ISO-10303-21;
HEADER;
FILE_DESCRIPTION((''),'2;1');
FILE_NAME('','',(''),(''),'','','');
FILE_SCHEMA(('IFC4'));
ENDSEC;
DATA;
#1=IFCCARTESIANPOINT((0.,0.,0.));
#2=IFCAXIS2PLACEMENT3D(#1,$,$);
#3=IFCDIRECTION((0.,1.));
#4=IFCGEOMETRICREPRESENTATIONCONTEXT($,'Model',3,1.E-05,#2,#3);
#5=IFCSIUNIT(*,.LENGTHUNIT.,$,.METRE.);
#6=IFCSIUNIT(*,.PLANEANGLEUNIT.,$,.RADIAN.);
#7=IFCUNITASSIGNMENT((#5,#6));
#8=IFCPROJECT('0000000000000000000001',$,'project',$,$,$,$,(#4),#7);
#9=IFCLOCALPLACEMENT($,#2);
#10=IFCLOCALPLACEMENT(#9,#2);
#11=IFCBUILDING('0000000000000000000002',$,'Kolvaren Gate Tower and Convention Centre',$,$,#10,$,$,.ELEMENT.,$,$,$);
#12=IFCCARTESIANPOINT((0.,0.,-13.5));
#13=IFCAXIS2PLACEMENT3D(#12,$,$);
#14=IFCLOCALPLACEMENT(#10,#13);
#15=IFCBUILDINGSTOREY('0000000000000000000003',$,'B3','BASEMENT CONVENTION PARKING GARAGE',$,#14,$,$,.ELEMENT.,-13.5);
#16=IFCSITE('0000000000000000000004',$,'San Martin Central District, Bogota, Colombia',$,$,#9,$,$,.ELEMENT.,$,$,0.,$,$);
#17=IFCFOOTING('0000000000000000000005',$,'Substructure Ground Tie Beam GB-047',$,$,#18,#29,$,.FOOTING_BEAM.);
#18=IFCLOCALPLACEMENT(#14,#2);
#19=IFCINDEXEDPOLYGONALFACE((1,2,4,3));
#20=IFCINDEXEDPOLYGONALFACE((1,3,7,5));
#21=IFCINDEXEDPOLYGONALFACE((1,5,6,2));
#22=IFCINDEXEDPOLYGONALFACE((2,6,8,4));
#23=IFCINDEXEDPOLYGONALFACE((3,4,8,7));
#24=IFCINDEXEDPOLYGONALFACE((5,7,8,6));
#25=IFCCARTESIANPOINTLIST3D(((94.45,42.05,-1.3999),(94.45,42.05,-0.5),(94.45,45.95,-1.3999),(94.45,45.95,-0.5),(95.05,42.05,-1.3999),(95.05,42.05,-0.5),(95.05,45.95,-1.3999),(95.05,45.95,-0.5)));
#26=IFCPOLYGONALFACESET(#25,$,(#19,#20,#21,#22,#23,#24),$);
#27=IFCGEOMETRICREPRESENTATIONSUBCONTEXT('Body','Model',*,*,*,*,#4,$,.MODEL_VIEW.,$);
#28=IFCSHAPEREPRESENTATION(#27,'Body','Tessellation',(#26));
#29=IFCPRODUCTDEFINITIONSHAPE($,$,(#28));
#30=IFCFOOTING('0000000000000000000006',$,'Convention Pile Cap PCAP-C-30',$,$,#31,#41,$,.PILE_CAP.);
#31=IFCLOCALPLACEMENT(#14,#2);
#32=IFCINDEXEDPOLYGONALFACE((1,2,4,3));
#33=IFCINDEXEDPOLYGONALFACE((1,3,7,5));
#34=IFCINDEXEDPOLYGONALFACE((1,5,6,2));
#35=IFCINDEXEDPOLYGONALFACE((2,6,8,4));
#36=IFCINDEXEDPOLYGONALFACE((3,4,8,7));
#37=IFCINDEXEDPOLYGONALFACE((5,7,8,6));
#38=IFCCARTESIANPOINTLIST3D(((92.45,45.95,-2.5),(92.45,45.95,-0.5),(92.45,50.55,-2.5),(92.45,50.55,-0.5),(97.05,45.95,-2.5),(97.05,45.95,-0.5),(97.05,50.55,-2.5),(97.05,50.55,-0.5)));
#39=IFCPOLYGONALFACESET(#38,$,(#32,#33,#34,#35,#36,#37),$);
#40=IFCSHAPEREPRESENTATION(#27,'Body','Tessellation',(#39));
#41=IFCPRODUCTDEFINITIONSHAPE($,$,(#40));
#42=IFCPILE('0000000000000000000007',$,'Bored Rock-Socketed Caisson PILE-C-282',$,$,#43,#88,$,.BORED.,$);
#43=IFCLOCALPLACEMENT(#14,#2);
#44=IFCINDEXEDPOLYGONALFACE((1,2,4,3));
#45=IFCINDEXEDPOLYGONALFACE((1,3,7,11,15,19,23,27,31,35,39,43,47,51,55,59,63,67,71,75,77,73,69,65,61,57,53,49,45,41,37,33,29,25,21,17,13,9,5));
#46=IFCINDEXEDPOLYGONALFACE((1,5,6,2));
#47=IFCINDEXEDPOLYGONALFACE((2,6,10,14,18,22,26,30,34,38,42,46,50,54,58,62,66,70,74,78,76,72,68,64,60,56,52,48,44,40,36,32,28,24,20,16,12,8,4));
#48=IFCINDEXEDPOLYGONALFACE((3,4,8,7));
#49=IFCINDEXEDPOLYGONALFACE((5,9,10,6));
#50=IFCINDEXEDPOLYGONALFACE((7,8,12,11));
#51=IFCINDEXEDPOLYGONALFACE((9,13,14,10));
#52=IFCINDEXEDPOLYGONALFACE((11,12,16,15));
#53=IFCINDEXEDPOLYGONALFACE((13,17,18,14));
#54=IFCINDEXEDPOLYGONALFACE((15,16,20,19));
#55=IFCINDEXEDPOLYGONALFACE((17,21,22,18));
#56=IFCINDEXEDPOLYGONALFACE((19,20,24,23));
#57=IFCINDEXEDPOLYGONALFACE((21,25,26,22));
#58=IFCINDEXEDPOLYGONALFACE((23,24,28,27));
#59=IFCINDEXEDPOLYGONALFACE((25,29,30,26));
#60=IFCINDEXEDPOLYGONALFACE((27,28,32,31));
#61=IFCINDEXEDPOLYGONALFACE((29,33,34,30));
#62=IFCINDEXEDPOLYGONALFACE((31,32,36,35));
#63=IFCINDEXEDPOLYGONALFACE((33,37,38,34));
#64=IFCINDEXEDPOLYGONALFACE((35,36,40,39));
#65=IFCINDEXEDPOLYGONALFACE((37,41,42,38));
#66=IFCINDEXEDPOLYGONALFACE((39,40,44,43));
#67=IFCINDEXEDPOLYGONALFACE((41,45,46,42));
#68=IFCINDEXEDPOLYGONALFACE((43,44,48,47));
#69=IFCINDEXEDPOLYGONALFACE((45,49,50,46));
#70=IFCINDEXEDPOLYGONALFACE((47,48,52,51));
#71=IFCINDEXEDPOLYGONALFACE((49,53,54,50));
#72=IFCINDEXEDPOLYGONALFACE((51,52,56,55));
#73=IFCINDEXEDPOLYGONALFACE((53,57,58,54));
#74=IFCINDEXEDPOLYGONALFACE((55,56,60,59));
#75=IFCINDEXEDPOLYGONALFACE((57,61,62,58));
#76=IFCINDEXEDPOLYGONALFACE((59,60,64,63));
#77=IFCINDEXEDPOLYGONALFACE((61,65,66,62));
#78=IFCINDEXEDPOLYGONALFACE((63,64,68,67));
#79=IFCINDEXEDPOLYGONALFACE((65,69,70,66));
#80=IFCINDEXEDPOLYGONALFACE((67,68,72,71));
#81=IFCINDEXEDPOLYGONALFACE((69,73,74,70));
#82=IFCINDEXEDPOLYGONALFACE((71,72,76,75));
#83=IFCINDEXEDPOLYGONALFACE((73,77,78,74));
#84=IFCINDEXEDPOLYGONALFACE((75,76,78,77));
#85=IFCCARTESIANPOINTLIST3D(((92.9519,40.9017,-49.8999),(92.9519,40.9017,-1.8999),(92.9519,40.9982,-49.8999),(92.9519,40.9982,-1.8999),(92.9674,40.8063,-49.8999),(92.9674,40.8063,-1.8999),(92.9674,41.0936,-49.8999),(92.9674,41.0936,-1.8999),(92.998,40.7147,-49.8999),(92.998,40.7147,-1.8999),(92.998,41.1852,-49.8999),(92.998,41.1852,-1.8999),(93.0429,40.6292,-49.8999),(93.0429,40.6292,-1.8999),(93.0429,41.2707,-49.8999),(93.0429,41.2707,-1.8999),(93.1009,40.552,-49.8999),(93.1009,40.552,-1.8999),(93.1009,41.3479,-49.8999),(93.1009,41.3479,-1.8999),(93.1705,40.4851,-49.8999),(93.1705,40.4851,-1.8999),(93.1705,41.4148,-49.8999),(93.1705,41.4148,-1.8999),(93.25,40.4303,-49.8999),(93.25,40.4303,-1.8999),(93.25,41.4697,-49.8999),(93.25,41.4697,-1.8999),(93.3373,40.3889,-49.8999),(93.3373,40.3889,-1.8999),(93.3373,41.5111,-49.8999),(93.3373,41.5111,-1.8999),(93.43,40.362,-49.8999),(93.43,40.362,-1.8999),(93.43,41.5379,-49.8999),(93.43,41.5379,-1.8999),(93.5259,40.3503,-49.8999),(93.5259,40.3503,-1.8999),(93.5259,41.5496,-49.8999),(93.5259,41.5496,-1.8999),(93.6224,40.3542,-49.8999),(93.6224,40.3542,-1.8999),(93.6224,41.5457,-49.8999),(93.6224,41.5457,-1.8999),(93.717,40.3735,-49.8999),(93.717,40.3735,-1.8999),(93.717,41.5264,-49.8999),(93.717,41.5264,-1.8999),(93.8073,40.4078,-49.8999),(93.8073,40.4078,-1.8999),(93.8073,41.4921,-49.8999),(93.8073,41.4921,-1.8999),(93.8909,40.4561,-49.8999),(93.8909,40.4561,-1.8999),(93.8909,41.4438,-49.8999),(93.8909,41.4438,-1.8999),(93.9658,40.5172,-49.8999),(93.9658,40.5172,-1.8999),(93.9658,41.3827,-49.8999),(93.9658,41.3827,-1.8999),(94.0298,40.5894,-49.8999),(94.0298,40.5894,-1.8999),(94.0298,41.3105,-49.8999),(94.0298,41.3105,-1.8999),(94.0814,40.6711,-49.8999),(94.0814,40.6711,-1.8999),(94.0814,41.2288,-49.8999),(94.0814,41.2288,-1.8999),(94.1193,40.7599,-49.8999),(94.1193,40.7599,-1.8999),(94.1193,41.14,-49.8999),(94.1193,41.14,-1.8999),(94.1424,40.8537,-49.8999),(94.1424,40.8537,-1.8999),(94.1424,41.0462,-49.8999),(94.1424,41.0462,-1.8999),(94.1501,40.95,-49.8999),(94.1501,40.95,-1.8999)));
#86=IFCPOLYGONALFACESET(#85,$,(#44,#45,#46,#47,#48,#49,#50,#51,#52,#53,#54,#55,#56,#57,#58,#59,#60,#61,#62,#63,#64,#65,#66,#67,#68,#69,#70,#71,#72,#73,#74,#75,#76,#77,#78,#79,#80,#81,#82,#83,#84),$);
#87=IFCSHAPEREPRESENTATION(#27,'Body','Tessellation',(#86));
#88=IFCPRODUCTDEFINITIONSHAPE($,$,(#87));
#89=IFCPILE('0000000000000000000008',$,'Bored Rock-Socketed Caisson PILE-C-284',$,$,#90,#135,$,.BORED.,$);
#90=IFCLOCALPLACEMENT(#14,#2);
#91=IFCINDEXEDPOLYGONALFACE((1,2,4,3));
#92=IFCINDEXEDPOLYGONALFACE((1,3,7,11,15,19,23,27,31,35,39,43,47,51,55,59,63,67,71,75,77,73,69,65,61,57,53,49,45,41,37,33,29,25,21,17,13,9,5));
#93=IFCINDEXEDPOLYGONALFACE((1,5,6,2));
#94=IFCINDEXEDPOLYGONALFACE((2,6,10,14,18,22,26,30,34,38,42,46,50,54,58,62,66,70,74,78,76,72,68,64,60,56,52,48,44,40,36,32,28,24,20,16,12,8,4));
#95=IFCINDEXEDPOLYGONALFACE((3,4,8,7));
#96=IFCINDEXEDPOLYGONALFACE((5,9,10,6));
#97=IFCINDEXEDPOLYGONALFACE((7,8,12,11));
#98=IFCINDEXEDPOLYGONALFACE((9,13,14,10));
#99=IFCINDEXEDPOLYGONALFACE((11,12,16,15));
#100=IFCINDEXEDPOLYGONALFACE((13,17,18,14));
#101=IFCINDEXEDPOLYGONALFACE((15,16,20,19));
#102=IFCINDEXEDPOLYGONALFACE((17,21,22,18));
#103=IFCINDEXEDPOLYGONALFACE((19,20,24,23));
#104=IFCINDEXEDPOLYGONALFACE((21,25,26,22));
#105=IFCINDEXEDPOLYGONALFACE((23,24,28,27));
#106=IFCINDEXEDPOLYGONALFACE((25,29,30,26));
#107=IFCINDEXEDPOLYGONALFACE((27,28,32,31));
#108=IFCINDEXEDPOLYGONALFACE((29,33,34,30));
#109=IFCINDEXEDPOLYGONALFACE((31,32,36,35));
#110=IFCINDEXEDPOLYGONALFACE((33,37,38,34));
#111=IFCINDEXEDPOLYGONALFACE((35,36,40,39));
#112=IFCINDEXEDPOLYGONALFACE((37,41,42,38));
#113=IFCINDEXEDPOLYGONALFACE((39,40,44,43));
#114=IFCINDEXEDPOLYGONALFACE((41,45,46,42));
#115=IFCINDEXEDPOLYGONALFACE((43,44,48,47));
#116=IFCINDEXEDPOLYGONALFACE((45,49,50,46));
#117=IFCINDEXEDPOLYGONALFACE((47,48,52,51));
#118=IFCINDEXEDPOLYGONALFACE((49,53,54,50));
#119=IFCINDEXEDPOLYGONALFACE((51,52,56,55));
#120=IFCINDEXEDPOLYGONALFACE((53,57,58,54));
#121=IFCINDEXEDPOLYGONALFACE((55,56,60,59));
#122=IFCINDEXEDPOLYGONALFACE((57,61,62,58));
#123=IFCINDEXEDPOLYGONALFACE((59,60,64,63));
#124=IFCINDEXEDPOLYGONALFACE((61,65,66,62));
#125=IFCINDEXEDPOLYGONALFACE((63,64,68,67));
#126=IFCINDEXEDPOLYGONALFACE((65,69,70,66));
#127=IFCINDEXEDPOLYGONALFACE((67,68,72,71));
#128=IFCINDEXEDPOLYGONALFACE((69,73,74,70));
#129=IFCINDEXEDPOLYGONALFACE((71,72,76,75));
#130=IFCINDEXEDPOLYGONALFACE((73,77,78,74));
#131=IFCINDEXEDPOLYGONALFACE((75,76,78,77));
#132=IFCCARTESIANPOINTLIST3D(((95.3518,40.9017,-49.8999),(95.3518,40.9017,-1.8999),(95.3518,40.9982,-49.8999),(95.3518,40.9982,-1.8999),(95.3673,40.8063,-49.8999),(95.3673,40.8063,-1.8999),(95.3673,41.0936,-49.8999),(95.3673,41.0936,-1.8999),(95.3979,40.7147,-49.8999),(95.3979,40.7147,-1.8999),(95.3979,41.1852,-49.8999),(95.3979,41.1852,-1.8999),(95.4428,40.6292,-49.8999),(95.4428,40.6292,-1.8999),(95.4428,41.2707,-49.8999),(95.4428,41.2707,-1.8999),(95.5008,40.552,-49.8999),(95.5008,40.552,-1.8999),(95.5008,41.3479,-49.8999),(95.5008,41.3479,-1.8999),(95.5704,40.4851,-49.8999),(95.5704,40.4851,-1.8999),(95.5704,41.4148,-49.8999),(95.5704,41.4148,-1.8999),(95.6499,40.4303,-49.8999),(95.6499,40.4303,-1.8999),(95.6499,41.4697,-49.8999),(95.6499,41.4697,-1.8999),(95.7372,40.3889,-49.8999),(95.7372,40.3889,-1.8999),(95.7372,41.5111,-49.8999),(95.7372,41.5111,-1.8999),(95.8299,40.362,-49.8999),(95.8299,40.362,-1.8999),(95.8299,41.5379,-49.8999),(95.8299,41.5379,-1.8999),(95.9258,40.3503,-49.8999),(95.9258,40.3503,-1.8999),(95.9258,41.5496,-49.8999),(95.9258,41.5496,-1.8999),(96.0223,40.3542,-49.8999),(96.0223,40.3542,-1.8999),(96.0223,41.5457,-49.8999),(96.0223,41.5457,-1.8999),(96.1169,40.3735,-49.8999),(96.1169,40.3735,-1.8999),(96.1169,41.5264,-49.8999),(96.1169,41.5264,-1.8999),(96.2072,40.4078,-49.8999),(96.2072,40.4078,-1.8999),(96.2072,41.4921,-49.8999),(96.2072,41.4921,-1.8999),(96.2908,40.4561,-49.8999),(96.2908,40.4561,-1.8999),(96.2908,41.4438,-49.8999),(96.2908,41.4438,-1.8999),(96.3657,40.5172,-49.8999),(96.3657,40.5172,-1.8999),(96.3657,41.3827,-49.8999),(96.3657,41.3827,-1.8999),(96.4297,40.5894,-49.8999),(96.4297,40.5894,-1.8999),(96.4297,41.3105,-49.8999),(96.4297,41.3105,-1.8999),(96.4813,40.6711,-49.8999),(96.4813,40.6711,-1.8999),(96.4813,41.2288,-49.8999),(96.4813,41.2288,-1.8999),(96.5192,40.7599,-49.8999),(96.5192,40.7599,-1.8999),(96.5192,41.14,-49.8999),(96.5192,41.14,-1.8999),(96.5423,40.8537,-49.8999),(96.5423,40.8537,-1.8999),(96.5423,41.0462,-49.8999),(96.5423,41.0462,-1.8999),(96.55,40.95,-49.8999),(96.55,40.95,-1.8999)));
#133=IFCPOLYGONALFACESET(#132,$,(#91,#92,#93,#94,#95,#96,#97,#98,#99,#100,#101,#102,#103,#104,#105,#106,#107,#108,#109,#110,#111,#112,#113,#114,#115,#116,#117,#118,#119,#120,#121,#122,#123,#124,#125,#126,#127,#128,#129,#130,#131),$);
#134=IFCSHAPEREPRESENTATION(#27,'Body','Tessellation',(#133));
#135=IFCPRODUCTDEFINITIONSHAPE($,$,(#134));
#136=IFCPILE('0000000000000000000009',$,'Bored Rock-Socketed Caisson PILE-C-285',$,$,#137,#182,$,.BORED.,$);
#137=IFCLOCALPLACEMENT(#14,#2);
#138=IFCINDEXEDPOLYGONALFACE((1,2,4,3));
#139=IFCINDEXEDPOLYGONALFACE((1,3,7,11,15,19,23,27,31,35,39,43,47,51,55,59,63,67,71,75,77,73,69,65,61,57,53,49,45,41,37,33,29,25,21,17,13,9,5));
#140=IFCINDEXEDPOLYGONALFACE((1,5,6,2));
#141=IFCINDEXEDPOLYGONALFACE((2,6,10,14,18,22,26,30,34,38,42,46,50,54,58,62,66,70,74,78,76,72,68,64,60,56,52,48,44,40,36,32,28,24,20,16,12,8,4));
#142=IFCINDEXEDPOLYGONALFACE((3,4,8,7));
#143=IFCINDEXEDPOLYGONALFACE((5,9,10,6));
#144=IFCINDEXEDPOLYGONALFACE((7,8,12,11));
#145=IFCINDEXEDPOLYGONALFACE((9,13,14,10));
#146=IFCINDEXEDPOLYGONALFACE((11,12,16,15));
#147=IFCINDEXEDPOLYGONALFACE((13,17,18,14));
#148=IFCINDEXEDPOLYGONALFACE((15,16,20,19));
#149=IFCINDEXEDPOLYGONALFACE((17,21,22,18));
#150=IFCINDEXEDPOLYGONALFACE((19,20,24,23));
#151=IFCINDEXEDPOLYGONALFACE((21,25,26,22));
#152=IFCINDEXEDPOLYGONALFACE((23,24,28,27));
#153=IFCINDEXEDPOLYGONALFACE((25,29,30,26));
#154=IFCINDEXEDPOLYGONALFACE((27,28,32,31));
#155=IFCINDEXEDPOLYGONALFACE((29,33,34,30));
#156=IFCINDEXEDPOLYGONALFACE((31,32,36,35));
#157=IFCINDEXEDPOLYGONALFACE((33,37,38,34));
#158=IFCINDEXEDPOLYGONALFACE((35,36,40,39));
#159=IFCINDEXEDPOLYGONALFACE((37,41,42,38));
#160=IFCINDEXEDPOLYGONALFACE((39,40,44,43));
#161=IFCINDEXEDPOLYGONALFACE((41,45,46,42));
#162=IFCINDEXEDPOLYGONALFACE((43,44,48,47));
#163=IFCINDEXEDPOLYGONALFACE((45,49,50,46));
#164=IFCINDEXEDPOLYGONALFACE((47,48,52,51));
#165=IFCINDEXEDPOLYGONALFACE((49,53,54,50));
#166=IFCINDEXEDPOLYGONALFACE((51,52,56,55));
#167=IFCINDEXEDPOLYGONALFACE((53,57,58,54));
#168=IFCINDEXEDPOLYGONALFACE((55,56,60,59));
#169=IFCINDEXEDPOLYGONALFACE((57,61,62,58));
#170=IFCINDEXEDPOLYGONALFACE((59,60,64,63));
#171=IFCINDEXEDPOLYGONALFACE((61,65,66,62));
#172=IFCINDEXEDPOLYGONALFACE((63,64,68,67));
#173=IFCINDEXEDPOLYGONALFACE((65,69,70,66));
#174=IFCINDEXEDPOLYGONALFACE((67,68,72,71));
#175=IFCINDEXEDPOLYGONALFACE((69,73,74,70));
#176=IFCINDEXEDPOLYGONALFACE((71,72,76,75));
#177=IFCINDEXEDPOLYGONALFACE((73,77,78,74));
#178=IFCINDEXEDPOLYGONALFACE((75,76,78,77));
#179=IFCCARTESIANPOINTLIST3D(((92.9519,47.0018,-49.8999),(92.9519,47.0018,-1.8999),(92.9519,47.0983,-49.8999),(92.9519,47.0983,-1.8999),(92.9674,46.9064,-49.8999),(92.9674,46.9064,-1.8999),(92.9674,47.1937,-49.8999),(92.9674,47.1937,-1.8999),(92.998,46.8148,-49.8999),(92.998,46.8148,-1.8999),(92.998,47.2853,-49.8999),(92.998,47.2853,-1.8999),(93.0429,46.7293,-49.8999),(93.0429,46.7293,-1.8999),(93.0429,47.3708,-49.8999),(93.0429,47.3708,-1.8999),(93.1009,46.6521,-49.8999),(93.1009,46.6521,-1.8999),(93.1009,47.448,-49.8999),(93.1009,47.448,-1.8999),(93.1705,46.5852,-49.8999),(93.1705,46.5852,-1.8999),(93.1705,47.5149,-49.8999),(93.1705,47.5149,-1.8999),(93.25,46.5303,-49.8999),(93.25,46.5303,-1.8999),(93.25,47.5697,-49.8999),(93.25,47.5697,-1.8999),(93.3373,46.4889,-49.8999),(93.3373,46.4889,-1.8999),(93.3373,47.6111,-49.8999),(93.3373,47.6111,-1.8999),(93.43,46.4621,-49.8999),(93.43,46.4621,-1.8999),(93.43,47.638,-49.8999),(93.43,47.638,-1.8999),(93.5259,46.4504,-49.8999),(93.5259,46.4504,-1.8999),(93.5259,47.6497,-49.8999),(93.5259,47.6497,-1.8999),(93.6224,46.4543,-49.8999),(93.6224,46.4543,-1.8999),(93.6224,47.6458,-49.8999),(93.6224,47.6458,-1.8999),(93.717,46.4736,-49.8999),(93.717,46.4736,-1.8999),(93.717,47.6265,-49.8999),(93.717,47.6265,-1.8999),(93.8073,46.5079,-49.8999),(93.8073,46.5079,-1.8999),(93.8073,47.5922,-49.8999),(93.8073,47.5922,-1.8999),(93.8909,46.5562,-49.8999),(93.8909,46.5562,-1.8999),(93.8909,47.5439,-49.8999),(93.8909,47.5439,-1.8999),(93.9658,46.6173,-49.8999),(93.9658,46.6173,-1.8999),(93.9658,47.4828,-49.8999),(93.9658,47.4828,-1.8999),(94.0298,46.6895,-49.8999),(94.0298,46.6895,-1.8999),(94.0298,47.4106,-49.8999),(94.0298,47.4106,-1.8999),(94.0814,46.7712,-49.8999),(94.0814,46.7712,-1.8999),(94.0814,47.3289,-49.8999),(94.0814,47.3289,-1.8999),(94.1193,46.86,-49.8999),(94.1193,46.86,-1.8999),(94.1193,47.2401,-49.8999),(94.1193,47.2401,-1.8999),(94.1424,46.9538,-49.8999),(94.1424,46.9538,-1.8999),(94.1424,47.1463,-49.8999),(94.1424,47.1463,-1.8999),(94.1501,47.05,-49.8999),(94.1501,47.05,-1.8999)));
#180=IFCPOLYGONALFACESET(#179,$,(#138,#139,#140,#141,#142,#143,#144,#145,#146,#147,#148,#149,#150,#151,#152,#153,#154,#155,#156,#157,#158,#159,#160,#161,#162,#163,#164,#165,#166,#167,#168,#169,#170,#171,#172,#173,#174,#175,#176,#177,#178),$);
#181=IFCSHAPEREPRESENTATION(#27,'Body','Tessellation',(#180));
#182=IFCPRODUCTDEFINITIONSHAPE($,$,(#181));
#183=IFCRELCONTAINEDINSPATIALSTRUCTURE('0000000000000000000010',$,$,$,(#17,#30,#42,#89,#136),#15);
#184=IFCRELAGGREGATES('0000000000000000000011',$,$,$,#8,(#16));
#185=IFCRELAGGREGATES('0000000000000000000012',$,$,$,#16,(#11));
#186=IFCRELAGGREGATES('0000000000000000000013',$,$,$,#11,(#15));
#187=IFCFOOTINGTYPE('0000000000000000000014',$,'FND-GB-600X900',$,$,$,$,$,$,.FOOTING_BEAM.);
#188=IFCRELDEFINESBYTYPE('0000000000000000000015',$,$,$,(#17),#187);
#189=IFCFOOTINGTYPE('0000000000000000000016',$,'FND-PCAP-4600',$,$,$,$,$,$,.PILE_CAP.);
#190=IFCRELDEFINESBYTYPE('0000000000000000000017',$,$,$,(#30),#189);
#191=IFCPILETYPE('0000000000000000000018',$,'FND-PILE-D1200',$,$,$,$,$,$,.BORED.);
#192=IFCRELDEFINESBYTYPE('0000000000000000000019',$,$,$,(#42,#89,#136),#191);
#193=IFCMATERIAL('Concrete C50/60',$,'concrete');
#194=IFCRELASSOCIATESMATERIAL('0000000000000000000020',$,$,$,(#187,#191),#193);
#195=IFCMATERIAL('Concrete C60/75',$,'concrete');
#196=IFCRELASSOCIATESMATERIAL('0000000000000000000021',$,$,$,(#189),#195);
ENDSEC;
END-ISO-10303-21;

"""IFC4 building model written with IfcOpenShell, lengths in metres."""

from ifc_helpers import new_model, si_unit, direction, frame, origin, origin_2d, place, context, subcontext, project, spatial, rectangle, circle, extrude, material, material_profile, profile_set, type_object, element, save


model = new_model("IFC4")

# Units and contexts
model_context = context("Model", 3, precision=1e-05, world=origin(), true_north=direction((0.0, 1.0)))
body_context = subcontext(model_context, "Body", "Model", "MODEL_VIEW")
ifc_project = project(units=[si_unit("LENGTHUNIT", "METRE"), si_unit("PLANEANGLEUNIT", "RADIAN")], contexts=[model_context])

# Site, building, storey
site_placement = place(None, origin())
site = spatial("IfcSite", under=ifc_project, at=site_placement, Name="San Martin Central District, Bogota, Colombia", CompositionType="ELEMENT", RefElevation=0.0)
building_placement = place(site_placement, origin())
building = spatial("IfcBuilding", under=site, at=building_placement, Name="Kolvaren Gate Tower and Convention Centre", CompositionType="ELEMENT")
storey_placement = place(building_placement, frame((0.0, 0.0, -13.5)))
storey = spatial("IfcBuildingStorey", under=building, at=storey_placement, Name="B3", Description="BASEMENT CONVENTION PARKING GARAGE", CompositionType="ELEMENT", Elevation=-13.5)

# Footings
ifc_material_1 = material(Name="Concrete C50/60", Category="concrete")
ifc_material_profile_1 = material_profile(ifc_material_1, rectangle(XDim=0.6001, YDim=0.8999, at=origin_2d()), Name="RC-BM-600X900")
ifc_profile_set_1 = profile_set([ifc_material_profile_1], Name="Concrete C50/60")
footing_type_1 = type_object("IfcFootingType", Name="FND-GB-600X900", PredefinedType="FOOTING_BEAM", material=ifc_profile_set_1)
footing_1_placement = place(storey_placement, frame((94.75, 42.05, -0.95), z_axis=(0.0, 1.0, 0.0), x_axis=(-1.0, 0.0, 0.0)))
element("IfcFooting", 1, at=footing_1_placement, inside=storey, type_object=footing_type_1, Name="Substructure Ground Tie Beam GB-047", PredefinedType="FOOTING_BEAM", context=body_context, shape_type="SweptSolid", body=[
    extrude(rectangle(XDim=0.6001, YDim=0.8999, at=origin_2d()), origin(), (0.0, 0.0, 1.0), 3.8999),
])
ifc_material_2 = material(Name="Concrete C60/75", Category="concrete")
footing_type_2 = type_object("IfcFootingType", Name="FND-PCAP-4600", PredefinedType="PILE_CAP", material=ifc_material_2)
footing_2_placement = place(storey_placement, frame((94.75, 48.25, -2.5), z_axis=(0.0, 0.0, 1.0), x_axis=(1.0, 0.0, 0.0)))
element("IfcFooting", 2, at=footing_2_placement, inside=storey, type_object=footing_type_2, Name="Convention Pile Cap PCAP-C-30", PredefinedType="PILE_CAP", context=body_context, shape_type="SweptSolid", body=[
    extrude(rectangle(XDim=4.6001, YDim=4.6001, at=origin_2d()), origin(), (0.0, 0.0, 1.0), 2.0),
])

# Piles
ifc_material_profile_2 = material_profile(ifc_material_1, circle(Radius=0.6001, at=origin_2d()), Name="CAISSON-D1200")
ifc_profile_set_2 = profile_set([ifc_material_profile_2], Name="Concrete C50/60")
pile_type = type_object("IfcPileType", Name="FND-PILE-D1200", PredefinedType="BORED", material=ifc_profile_set_2)
for number, where, z_axis, x_axis, name in (
    (3, (93.55, 40.95, -1.8999), (0.0, 0.0, -1.0), (1.0, 0.0, 0.0), "Bored Rock-Socketed Caisson PILE-C-282"),
    (4, (95.95, 40.95, -1.8999), (0.0, 0.0, -1.0), (1.0, 0.0, 0.0), "Bored Rock-Socketed Caisson PILE-C-284"),
    (5, (93.55, 47.05, -1.8999), (0.0, 0.0, -1.0), (1.0, 0.0, 0.0), "Bored Rock-Socketed Caisson PILE-C-285"),
):
    element("IfcPile", number, at=place(storey_placement, frame(where, z_axis=z_axis, x_axis=x_axis)), inside=storey, type_object=pile_type, Name=name, PredefinedType="BORED", context=body_context, shape_type="SweptSolid", body=[
        extrude(circle(Radius=0.6001, at=origin_2d()), origin(), (0.0, 0.0, 1.0), 48.0),
    ])

save(model, "model.ifc")
